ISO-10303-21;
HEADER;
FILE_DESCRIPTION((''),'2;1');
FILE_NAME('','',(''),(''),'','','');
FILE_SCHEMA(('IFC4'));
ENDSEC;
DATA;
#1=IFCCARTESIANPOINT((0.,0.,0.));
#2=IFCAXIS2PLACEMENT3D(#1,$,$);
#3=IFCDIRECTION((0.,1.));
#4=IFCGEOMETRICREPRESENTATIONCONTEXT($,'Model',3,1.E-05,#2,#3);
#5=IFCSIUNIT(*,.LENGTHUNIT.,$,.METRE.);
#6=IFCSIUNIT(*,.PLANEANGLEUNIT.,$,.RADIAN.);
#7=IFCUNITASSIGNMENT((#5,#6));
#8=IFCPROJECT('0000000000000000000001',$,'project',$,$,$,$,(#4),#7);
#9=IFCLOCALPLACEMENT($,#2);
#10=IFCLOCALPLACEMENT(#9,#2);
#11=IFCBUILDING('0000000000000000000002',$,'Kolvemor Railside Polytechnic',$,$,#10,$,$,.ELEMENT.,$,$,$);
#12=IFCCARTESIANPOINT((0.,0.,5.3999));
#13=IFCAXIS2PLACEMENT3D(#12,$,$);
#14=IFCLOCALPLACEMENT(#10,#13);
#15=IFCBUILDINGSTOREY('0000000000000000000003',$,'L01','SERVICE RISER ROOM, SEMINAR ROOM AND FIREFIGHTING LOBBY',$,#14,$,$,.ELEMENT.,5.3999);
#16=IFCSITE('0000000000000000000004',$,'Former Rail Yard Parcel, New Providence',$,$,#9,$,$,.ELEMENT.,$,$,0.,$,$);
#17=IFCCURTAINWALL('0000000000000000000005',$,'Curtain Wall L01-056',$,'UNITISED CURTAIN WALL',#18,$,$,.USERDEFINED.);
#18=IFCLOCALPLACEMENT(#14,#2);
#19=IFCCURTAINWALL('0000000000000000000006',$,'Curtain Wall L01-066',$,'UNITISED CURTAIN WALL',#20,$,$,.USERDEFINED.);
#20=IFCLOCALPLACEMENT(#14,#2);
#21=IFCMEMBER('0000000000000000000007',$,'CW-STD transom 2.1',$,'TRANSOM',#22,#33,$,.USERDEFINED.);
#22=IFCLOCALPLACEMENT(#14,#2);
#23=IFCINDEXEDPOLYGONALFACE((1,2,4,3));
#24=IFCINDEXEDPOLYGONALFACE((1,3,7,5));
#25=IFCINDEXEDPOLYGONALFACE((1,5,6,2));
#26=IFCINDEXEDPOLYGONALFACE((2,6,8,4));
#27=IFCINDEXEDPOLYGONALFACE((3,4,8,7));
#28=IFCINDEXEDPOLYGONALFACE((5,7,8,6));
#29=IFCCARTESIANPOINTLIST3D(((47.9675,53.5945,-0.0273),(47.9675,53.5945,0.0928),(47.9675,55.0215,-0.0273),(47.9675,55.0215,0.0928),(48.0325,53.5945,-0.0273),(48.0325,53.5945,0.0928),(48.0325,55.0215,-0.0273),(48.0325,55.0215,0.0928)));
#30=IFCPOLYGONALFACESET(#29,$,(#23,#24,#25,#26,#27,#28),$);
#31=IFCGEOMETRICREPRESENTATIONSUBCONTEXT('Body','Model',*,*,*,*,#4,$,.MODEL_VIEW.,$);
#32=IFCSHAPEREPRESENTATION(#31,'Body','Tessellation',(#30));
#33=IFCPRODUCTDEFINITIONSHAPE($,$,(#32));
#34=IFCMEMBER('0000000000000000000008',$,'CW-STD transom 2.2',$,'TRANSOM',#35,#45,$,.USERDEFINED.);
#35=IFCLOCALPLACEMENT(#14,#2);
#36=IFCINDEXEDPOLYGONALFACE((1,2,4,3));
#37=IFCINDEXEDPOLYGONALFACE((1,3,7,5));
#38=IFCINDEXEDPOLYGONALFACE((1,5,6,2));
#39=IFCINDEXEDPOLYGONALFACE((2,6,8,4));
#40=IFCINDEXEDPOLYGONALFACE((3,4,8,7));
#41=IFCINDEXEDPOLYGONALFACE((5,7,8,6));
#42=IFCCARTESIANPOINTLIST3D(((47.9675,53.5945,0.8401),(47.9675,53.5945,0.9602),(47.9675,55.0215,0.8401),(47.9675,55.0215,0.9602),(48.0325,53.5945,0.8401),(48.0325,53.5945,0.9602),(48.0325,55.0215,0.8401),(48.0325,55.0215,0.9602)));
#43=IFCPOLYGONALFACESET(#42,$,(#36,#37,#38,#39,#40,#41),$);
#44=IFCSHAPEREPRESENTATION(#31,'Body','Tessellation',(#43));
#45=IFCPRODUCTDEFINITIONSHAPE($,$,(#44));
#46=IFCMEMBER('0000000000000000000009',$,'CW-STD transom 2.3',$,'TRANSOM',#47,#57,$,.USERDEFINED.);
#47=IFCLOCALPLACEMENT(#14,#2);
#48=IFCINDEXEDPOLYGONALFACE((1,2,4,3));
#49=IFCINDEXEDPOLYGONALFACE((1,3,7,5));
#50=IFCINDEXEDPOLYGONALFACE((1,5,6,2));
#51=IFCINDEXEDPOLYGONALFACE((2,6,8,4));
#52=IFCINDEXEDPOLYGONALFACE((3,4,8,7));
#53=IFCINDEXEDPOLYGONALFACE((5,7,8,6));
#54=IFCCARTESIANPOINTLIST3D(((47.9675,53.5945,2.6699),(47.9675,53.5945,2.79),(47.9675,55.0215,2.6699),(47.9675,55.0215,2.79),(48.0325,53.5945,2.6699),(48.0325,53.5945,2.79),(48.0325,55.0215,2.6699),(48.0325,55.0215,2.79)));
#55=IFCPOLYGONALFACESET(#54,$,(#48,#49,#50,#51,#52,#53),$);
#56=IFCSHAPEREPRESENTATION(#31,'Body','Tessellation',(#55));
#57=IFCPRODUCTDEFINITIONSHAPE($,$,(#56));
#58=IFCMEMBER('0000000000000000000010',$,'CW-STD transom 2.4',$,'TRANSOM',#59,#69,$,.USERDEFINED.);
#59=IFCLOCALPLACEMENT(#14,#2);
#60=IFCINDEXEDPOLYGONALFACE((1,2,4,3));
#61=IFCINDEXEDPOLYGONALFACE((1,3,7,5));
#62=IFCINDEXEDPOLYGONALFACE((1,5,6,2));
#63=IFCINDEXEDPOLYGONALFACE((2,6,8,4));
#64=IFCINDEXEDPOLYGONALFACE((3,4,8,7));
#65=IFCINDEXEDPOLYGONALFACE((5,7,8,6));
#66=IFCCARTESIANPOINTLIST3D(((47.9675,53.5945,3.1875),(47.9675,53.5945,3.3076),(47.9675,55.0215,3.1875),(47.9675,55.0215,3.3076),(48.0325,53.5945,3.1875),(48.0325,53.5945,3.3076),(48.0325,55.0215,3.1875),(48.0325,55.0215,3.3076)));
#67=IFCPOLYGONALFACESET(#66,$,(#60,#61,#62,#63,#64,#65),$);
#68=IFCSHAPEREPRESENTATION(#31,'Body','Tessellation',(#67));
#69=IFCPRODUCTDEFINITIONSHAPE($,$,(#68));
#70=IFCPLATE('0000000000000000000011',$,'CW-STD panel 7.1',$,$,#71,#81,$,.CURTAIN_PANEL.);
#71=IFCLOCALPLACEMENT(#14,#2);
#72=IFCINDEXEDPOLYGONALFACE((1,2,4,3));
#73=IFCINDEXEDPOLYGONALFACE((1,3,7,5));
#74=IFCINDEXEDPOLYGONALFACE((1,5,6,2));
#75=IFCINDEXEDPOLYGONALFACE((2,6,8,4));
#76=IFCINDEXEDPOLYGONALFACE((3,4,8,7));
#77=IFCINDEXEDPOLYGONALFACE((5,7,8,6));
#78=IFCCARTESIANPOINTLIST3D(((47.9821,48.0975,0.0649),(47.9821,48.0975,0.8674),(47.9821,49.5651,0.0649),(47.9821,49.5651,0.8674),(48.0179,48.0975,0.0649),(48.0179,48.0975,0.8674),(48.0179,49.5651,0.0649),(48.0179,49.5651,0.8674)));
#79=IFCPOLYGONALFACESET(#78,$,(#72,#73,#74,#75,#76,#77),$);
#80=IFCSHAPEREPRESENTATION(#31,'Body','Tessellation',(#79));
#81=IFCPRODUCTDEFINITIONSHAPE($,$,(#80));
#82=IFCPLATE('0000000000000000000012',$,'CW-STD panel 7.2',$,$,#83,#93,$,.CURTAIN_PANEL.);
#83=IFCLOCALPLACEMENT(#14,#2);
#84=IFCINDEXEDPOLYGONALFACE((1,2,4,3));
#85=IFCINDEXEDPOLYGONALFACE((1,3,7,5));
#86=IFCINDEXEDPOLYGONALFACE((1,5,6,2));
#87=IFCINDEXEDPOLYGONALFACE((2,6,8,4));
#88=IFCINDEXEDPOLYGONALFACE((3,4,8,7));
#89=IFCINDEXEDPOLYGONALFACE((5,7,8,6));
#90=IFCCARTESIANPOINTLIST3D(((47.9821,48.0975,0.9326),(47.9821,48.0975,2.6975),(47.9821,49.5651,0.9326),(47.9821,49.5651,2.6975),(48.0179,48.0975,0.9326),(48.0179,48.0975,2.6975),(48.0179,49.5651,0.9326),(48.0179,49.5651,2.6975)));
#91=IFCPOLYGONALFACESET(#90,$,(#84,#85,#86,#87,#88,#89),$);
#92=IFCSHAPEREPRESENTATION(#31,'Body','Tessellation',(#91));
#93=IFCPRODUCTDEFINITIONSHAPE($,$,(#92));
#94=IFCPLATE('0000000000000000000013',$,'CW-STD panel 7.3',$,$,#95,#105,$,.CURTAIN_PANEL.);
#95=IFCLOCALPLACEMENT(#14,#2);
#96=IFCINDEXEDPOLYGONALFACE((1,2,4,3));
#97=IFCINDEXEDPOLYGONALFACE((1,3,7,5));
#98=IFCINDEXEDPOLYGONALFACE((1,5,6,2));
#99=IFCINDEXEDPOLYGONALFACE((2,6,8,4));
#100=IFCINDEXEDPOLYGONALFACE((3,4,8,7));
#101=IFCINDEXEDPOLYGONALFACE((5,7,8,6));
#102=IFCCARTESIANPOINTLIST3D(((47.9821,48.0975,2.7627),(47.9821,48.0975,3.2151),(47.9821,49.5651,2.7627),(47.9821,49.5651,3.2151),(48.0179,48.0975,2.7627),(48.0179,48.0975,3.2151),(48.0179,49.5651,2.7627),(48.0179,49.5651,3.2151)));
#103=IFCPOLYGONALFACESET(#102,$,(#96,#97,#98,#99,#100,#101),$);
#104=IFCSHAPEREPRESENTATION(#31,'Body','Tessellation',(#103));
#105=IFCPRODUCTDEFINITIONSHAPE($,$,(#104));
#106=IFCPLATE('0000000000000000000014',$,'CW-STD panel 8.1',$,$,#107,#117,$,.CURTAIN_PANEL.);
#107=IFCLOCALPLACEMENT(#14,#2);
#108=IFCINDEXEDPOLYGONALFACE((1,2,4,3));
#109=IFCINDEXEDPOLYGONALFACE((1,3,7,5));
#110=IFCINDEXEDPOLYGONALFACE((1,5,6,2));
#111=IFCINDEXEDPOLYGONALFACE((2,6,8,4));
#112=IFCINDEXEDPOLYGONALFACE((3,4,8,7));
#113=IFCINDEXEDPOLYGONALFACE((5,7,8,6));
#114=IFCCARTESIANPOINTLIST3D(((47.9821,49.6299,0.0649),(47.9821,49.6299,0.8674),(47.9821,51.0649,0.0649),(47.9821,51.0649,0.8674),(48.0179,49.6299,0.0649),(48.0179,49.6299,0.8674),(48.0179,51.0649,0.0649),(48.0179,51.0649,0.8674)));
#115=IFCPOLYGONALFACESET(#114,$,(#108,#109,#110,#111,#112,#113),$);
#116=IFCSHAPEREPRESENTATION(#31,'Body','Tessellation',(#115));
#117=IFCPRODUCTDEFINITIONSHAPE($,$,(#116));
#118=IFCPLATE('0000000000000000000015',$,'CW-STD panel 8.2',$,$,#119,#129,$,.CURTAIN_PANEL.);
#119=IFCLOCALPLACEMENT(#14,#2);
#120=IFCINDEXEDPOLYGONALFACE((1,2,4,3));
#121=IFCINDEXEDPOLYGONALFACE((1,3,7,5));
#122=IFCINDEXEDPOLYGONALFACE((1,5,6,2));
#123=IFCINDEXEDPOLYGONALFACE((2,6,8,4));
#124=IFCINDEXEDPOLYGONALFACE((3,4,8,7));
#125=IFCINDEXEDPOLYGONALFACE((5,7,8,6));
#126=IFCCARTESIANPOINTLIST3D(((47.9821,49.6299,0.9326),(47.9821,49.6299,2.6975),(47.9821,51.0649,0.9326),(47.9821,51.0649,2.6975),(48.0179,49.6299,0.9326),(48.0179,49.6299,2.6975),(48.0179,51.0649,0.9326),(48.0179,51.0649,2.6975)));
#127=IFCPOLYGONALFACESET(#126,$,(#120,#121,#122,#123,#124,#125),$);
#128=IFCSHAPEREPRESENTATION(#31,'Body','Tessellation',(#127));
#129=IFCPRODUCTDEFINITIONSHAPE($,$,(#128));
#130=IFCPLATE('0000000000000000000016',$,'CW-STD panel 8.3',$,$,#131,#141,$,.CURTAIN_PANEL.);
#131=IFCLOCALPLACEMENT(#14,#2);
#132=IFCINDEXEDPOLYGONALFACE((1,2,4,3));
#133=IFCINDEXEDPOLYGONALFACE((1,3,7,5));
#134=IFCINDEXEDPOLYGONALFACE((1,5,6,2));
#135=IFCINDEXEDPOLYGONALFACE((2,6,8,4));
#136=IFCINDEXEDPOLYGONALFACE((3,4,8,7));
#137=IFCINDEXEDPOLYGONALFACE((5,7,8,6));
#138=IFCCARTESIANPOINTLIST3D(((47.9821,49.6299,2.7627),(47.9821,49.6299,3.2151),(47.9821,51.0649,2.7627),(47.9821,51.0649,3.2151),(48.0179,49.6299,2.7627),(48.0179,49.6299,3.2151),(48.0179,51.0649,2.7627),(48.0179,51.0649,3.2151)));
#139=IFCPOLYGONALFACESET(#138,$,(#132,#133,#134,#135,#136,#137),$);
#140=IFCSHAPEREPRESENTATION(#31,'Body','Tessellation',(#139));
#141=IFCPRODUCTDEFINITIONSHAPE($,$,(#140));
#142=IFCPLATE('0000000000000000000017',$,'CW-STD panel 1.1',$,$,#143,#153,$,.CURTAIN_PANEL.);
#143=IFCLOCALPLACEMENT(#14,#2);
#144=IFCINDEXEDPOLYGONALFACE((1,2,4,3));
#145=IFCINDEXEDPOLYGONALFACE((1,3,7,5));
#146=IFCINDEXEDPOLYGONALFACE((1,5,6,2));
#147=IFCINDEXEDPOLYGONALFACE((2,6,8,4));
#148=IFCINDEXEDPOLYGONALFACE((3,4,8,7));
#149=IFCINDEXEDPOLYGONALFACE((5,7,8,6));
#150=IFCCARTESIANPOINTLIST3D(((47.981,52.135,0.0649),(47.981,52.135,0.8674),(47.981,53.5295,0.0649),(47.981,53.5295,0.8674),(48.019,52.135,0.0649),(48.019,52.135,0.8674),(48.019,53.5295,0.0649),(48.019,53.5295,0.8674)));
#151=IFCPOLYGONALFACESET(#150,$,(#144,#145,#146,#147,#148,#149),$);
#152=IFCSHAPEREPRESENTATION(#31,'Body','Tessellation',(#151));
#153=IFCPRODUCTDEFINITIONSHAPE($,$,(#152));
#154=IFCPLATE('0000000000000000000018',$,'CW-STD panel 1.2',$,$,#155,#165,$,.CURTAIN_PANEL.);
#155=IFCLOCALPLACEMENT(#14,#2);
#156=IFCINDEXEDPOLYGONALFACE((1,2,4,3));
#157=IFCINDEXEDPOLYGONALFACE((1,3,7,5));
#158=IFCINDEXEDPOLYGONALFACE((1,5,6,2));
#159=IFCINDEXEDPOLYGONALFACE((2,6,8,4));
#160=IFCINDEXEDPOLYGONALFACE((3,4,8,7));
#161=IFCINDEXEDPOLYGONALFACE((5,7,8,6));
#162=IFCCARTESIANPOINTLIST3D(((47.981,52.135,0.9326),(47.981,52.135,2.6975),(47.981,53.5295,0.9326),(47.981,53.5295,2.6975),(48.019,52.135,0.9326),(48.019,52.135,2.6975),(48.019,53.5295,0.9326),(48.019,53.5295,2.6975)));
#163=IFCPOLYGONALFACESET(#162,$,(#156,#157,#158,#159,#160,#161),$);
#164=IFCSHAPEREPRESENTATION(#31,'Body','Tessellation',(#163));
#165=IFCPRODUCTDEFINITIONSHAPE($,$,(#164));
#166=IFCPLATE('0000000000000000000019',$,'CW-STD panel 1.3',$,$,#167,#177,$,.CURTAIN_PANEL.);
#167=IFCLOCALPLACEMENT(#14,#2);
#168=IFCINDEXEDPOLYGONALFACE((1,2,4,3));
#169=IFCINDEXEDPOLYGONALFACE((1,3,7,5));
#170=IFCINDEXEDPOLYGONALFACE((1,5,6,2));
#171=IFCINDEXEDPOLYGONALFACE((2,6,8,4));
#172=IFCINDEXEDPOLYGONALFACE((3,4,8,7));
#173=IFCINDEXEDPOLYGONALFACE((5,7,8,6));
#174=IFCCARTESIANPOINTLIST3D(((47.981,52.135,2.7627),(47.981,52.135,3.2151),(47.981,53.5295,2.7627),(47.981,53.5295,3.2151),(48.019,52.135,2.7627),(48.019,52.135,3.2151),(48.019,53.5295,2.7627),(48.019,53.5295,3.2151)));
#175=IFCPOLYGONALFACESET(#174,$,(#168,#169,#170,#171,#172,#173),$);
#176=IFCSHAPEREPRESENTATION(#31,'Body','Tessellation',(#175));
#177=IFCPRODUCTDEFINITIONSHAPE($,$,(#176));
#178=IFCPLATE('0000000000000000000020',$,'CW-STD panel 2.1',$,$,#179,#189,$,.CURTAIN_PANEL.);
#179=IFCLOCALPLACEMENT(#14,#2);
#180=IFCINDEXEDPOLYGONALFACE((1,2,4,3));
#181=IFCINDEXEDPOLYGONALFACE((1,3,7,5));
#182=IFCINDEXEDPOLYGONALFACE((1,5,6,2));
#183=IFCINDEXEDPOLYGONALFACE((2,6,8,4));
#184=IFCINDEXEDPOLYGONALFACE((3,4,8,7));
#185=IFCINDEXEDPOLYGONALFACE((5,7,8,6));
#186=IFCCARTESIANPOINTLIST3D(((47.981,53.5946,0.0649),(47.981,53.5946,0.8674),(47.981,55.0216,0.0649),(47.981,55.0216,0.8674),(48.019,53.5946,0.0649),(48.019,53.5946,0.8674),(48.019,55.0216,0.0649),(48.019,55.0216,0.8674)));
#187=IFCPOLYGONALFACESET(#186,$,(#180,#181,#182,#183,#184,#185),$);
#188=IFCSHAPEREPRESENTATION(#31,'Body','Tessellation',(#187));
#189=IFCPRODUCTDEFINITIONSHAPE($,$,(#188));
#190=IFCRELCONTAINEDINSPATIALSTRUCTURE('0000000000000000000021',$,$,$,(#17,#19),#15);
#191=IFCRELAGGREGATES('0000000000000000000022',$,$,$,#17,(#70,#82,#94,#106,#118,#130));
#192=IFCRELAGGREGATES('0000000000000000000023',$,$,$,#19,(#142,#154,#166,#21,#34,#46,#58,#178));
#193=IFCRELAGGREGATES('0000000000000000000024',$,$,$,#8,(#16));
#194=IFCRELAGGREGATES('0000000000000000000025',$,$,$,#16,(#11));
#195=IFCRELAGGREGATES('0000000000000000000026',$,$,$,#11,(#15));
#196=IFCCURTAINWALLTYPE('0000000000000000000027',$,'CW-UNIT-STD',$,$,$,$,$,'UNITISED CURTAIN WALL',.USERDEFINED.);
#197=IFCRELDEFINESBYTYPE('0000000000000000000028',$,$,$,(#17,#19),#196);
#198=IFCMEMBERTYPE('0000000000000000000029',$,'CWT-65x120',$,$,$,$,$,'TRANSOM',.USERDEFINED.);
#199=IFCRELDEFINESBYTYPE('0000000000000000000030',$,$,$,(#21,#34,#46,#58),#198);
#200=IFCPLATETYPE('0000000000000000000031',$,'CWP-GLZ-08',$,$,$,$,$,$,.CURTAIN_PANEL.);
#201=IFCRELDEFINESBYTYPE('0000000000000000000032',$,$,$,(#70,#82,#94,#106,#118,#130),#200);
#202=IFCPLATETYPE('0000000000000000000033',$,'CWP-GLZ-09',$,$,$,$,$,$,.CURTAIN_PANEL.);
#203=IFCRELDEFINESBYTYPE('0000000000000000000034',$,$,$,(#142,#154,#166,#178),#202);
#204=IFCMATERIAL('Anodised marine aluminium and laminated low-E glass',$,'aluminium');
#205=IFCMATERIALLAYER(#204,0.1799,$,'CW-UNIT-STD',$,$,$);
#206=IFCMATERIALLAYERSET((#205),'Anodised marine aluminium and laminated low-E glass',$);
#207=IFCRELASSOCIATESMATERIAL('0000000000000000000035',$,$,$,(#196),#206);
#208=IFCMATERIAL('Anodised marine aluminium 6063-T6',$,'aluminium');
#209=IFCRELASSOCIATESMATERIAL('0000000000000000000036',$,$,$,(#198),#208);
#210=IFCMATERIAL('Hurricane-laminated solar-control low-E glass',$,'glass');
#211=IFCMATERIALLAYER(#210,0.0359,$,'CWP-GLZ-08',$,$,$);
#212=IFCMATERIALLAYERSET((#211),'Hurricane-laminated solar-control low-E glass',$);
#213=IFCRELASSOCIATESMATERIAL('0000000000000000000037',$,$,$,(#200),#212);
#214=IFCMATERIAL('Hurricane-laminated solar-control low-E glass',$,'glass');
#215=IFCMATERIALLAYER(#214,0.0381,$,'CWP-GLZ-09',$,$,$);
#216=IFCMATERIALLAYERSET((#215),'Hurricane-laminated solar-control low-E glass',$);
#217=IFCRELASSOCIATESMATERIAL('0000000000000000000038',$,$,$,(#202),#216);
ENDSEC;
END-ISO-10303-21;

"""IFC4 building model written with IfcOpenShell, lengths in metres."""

from ifc_helpers import new_model, si_unit, direction, frame, origin, origin_2d, place, context, subcontext, project, spatial, rectangle, extrude, material, layer, layer_set, material_profile, profile_set, type_object, element, aggregate, save


model = new_model("IFC4")

# Units and contexts
model_context = context("Model", 3, precision=1e-05, world=origin(), true_north=direction((0.0, 1.0)))
body_context = subcontext(model_context, "Body", "Model", "MODEL_VIEW")
ifc_project = project(units=[si_unit("LENGTHUNIT", "METRE"), si_unit("PLANEANGLEUNIT", "RADIAN")], contexts=[model_context])

# Site, building, storey
site_placement = place(None, origin())
site = spatial("IfcSite", under=ifc_project, at=site_placement, Name="Former Rail Yard Parcel, New Providence", CompositionType="ELEMENT", RefElevation=0.0)
building_placement = place(site_placement, origin())
building = spatial("IfcBuilding", under=site, at=building_placement, Name="Kolvemor Railside Polytechnic", CompositionType="ELEMENT")
storey_placement = place(building_placement, frame((0.0, 0.0, 5.3999)))
storey = spatial("IfcBuildingStorey", under=building, at=storey_placement, Name="L01", Description="SERVICE RISER ROOM, SEMINAR ROOM AND FIREFIGHTING LOBBY", CompositionType="ELEMENT", Elevation=5.3999)

# Curtain walls
ifc_material_1 = material(Name="Anodised marine aluminium and laminated low-E glass", Category="aluminium")
ifc_layer_1 = layer(ifc_material_1, 0.1799, Name="CW-UNIT-STD")
ifc_layer_set_1 = layer_set([ifc_layer_1], Name="Anodised marine aluminium and laminated low-E glass")
curtain_wall_type = type_object("IfcCurtainWallType", Name="CW-UNIT-STD", ElementType="UNITISED CURTAIN WALL", PredefinedType="USERDEFINED", material=ifc_layer_set_1)
curtain_wall_1_placement = place(storey_placement, origin())
curtain_wall_1 = element("IfcCurtainWall", 1, at=curtain_wall_1_placement, inside=storey, type_object=curtain_wall_type, Name="Curtain Wall L01-056", ObjectType="UNITISED CURTAIN WALL", PredefinedType="USERDEFINED")
curtain_wall_2_placement = place(storey_placement, origin())
curtain_wall_2 = element("IfcCurtainWall", 2, at=curtain_wall_2_placement, inside=storey, type_object=curtain_wall_type, Name="Curtain Wall L01-066", ObjectType="UNITISED CURTAIN WALL", PredefinedType="USERDEFINED")

# Members
ifc_material_2 = material(Name="Anodised marine aluminium 6063-T6", Category="aluminium")
ifc_material_profile_1 = material_profile(ifc_material_2, rectangle(XDim=0.0649, YDim=0.1201, at=origin_2d()), Name="CW-TRN-65x120")
ifc_profile_set_1 = profile_set([ifc_material_profile_1], Name="Anodised marine aluminium 6063-T6")
member_type_1 = type_object("IfcMemberType", Name="CWT-65x120", ElementType="TRANSOM", PredefinedType="USERDEFINED", material=ifc_profile_set_1)
member_1_placement = place(storey_placement, frame((48.0, 53.5945, 0.0327), z_axis=(0.0, 1.0, 0.0), x_axis=(-1.0, 0.0, 0.0)))
member_1 = element("IfcMember", 3, at=member_1_placement, type_object=member_type_1, Name="CW-STD transom 2.1", ObjectType="TRANSOM", PredefinedType="USERDEFINED", context=body_context, shape_type="SweptSolid", body=[
    extrude(rectangle(XDim=0.0649, YDim=0.1201, at=origin_2d()), origin(), (0.0, 0.0, 1.0), 1.427),
])
member_2_placement = place(storey_placement, frame((48.0, 53.5945, 0.9001), z_axis=(0.0, 1.0, 0.0), x_axis=(-1.0, 0.0, 0.0)))
member_2 = element("IfcMember", 4, at=member_2_placement, type_object=member_type_1, Name="CW-STD transom 2.2", ObjectType="TRANSOM", PredefinedType="USERDEFINED", context=body_context, shape_type="SweptSolid", body=[
    extrude(rectangle(XDim=0.0649, YDim=0.1201, at=origin_2d()), origin(), (0.0, 0.0, 1.0), 1.427),
])
member_3_placement = place(storey_placement, frame((48.0, 53.5945, 2.73), z_axis=(0.0, 1.0, 0.0), x_axis=(-1.0, 0.0, 0.0)))
member_3 = element("IfcMember", 5, at=member_3_placement, type_object=member_type_1, Name="CW-STD transom 2.3", ObjectType="TRANSOM", PredefinedType="USERDEFINED", context=body_context, shape_type="SweptSolid", body=[
    extrude(rectangle(XDim=0.0649, YDim=0.1201, at=origin_2d()), origin(), (0.0, 0.0, 1.0), 1.427),
])
member_4_placement = place(storey_placement, frame((48.0, 53.5945, 3.2476), z_axis=(0.0, 1.0, 0.0), x_axis=(-1.0, 0.0, 0.0)))
member_4 = element("IfcMember", 6, at=member_4_placement, type_object=member_type_1, Name="CW-STD transom 2.4", ObjectType="TRANSOM", PredefinedType="USERDEFINED", context=body_context, shape_type="SweptSolid", body=[
    extrude(rectangle(XDim=0.0649, YDim=0.1201, at=origin_2d()), origin(), (0.0, 0.0, 1.0), 1.427),
])

# Plates
ifc_material_3 = material(Name="Hurricane-laminated solar-control low-E glass", Category="glass")
ifc_layer_2 = layer(ifc_material_3, 0.0359, Name="CWP-GLZ-08")
ifc_layer_set_2 = layer_set([ifc_layer_2], Name="Hurricane-laminated solar-control low-E glass")
plate_type_1 = type_object("IfcPlateType", Name="CWP-GLZ-08", PredefinedType="CURTAIN_PANEL", material=ifc_layer_set_2)
plate_1_placement = place(storey_placement, frame((48.0, 48.8313, 0.0649), z_axis=(0.0, 0.0, 1.0), x_axis=(0.0, 1.0, 0.0)))
plate_1 = element("IfcPlate", 7, at=plate_1_placement, type_object=plate_type_1, Name="CW-STD panel 7.1", PredefinedType="CURTAIN_PANEL", context=body_context, shape_type="SweptSolid", body=[
    extrude(rectangle(XDim=1.4675, YDim=0.0359, at=origin_2d()), origin(), (0.0, 0.0, 1.0), 0.8025),
])
plate_2_placement = place(storey_placement, frame((48.0, 48.8313, 0.9326), z_axis=(0.0, 0.0, 1.0), x_axis=(0.0, 1.0, 0.0)))
plate_2 = element("IfcPlate", 8, at=plate_2_placement, type_object=plate_type_1, Name="CW-STD panel 7.2", PredefinedType="CURTAIN_PANEL", context=body_context, shape_type="SweptSolid", body=[
    extrude(rectangle(XDim=1.4675, YDim=0.0359, at=origin_2d()), origin(), (0.0, 0.0, 1.0), 1.7649),
])
plate_3_placement = place(storey_placement, frame((48.0, 48.8313, 2.7627), z_axis=(0.0, 0.0, 1.0), x_axis=(0.0, 1.0, 0.0)))
plate_3 = element("IfcPlate", 9, at=plate_3_placement, type_object=plate_type_1, Name="CW-STD panel 7.3", PredefinedType="CURTAIN_PANEL", context=body_context, shape_type="SweptSolid", body=[
    extrude(rectangle(XDim=1.4675, YDim=0.0359, at=origin_2d()), origin(), (0.0, 0.0, 1.0), 0.4524),
])
plate_4_placement = place(storey_placement, frame((48.0, 50.3474, 0.0649), z_axis=(0.0, 0.0, 1.0), x_axis=(0.0, 1.0, 0.0)))
plate_4 = element("IfcPlate", 10, at=plate_4_placement, type_object=plate_type_1, Name="CW-STD panel 8.1", PredefinedType="CURTAIN_PANEL", context=body_context, shape_type="SweptSolid", body=[
    extrude(rectangle(XDim=1.4351, YDim=0.0359, at=origin_2d()), origin(), (0.0, 0.0, 1.0), 0.8025),
])
plate_5_placement = place(storey_placement, frame((48.0, 50.3474, 0.9326), z_axis=(0.0, 0.0, 1.0), x_axis=(0.0, 1.0, 0.0)))
plate_5 = element("IfcPlate", 11, at=plate_5_placement, type_object=plate_type_1, Name="CW-STD panel 8.2", PredefinedType="CURTAIN_PANEL", context=body_context, shape_type="SweptSolid", body=[
    extrude(rectangle(XDim=1.4351, YDim=0.0359, at=origin_2d()), origin(), (0.0, 0.0, 1.0), 1.7649),
])
plate_6_placement = place(storey_placement, frame((48.0, 50.3474, 2.7627), z_axis=(0.0, 0.0, 1.0), x_axis=(0.0, 1.0, 0.0)))
plate_6 = element("IfcPlate", 12, at=plate_6_placement, type_object=plate_type_1, Name="CW-STD panel 8.3", PredefinedType="CURTAIN_PANEL", context=body_context, shape_type="SweptSolid", body=[
    extrude(rectangle(XDim=1.4351, YDim=0.0359, at=origin_2d()), origin(), (0.0, 0.0, 1.0), 0.4524),
])
aggregate(curtain_wall_1, [plate_1, plate_2, plate_3, plate_4, plate_5, plate_6])
ifc_material_4 = material(Name="Hurricane-laminated solar-control low-E glass", Category="glass")
ifc_layer_3 = layer(ifc_material_4, 0.0381, Name="CWP-GLZ-09")
ifc_layer_set_3 = layer_set([ifc_layer_3], Name="Hurricane-laminated solar-control low-E glass")
plate_type_2 = type_object("IfcPlateType", Name="CWP-GLZ-09", PredefinedType="CURTAIN_PANEL", material=ifc_layer_set_3)
plate_7_placement = place(storey_placement, frame((48.0, 52.8323, 0.0649), z_axis=(0.0, 0.0, 1.0), x_axis=(0.0, 1.0, 0.0)))
plate_7 = element("IfcPlate", 13, at=plate_7_placement, type_object=plate_type_2, Name="CW-STD panel 1.1", PredefinedType="CURTAIN_PANEL", context=body_context, shape_type="SweptSolid", body=[
    extrude(rectangle(XDim=1.3945, YDim=0.0381, at=origin_2d()), origin(), (0.0, 0.0, 1.0), 0.8025),
])
plate_8_placement = place(storey_placement, frame((48.0, 52.8323, 0.9326), z_axis=(0.0, 0.0, 1.0), x_axis=(0.0, 1.0, 0.0)))
plate_8 = element("IfcPlate", 14, at=plate_8_placement, type_object=plate_type_2, Name="CW-STD panel 1.2", PredefinedType="CURTAIN_PANEL", context=body_context, shape_type="SweptSolid", body=[
    extrude(rectangle(XDim=1.3945, YDim=0.0381, at=origin_2d()), origin(), (0.0, 0.0, 1.0), 1.7649),
])
plate_9_placement = place(storey_placement, frame((48.0, 52.8323, 2.7627), z_axis=(0.0, 0.0, 1.0), x_axis=(0.0, 1.0, 0.0)))
plate_9 = element("IfcPlate", 15, at=plate_9_placement, type_object=plate_type_2, Name="CW-STD panel 1.3", PredefinedType="CURTAIN_PANEL", context=body_context, shape_type="SweptSolid", body=[
    extrude(rectangle(XDim=1.3945, YDim=0.0381, at=origin_2d()), origin(), (0.0, 0.0, 1.0), 0.4524),
])
plate_10_placement = place(storey_placement, frame((48.0, 54.3081, 0.0649), z_axis=(0.0, 0.0, 1.0), x_axis=(0.0, 1.0, 0.0)))
plate_10 = element("IfcPlate", 16, at=plate_10_placement, type_object=plate_type_2, Name="CW-STD panel 2.1", PredefinedType="CURTAIN_PANEL", context=body_context, shape_type="SweptSolid", body=[
    extrude(rectangle(XDim=1.427, YDim=0.0381, at=origin_2d()), origin(), (0.0, 0.0, 1.0), 0.8025),
])
aggregate(curtain_wall_2, [plate_7, plate_8, plate_9, member_1, member_2, member_3, member_4, plate_10])

save(model, "model.ifc")
